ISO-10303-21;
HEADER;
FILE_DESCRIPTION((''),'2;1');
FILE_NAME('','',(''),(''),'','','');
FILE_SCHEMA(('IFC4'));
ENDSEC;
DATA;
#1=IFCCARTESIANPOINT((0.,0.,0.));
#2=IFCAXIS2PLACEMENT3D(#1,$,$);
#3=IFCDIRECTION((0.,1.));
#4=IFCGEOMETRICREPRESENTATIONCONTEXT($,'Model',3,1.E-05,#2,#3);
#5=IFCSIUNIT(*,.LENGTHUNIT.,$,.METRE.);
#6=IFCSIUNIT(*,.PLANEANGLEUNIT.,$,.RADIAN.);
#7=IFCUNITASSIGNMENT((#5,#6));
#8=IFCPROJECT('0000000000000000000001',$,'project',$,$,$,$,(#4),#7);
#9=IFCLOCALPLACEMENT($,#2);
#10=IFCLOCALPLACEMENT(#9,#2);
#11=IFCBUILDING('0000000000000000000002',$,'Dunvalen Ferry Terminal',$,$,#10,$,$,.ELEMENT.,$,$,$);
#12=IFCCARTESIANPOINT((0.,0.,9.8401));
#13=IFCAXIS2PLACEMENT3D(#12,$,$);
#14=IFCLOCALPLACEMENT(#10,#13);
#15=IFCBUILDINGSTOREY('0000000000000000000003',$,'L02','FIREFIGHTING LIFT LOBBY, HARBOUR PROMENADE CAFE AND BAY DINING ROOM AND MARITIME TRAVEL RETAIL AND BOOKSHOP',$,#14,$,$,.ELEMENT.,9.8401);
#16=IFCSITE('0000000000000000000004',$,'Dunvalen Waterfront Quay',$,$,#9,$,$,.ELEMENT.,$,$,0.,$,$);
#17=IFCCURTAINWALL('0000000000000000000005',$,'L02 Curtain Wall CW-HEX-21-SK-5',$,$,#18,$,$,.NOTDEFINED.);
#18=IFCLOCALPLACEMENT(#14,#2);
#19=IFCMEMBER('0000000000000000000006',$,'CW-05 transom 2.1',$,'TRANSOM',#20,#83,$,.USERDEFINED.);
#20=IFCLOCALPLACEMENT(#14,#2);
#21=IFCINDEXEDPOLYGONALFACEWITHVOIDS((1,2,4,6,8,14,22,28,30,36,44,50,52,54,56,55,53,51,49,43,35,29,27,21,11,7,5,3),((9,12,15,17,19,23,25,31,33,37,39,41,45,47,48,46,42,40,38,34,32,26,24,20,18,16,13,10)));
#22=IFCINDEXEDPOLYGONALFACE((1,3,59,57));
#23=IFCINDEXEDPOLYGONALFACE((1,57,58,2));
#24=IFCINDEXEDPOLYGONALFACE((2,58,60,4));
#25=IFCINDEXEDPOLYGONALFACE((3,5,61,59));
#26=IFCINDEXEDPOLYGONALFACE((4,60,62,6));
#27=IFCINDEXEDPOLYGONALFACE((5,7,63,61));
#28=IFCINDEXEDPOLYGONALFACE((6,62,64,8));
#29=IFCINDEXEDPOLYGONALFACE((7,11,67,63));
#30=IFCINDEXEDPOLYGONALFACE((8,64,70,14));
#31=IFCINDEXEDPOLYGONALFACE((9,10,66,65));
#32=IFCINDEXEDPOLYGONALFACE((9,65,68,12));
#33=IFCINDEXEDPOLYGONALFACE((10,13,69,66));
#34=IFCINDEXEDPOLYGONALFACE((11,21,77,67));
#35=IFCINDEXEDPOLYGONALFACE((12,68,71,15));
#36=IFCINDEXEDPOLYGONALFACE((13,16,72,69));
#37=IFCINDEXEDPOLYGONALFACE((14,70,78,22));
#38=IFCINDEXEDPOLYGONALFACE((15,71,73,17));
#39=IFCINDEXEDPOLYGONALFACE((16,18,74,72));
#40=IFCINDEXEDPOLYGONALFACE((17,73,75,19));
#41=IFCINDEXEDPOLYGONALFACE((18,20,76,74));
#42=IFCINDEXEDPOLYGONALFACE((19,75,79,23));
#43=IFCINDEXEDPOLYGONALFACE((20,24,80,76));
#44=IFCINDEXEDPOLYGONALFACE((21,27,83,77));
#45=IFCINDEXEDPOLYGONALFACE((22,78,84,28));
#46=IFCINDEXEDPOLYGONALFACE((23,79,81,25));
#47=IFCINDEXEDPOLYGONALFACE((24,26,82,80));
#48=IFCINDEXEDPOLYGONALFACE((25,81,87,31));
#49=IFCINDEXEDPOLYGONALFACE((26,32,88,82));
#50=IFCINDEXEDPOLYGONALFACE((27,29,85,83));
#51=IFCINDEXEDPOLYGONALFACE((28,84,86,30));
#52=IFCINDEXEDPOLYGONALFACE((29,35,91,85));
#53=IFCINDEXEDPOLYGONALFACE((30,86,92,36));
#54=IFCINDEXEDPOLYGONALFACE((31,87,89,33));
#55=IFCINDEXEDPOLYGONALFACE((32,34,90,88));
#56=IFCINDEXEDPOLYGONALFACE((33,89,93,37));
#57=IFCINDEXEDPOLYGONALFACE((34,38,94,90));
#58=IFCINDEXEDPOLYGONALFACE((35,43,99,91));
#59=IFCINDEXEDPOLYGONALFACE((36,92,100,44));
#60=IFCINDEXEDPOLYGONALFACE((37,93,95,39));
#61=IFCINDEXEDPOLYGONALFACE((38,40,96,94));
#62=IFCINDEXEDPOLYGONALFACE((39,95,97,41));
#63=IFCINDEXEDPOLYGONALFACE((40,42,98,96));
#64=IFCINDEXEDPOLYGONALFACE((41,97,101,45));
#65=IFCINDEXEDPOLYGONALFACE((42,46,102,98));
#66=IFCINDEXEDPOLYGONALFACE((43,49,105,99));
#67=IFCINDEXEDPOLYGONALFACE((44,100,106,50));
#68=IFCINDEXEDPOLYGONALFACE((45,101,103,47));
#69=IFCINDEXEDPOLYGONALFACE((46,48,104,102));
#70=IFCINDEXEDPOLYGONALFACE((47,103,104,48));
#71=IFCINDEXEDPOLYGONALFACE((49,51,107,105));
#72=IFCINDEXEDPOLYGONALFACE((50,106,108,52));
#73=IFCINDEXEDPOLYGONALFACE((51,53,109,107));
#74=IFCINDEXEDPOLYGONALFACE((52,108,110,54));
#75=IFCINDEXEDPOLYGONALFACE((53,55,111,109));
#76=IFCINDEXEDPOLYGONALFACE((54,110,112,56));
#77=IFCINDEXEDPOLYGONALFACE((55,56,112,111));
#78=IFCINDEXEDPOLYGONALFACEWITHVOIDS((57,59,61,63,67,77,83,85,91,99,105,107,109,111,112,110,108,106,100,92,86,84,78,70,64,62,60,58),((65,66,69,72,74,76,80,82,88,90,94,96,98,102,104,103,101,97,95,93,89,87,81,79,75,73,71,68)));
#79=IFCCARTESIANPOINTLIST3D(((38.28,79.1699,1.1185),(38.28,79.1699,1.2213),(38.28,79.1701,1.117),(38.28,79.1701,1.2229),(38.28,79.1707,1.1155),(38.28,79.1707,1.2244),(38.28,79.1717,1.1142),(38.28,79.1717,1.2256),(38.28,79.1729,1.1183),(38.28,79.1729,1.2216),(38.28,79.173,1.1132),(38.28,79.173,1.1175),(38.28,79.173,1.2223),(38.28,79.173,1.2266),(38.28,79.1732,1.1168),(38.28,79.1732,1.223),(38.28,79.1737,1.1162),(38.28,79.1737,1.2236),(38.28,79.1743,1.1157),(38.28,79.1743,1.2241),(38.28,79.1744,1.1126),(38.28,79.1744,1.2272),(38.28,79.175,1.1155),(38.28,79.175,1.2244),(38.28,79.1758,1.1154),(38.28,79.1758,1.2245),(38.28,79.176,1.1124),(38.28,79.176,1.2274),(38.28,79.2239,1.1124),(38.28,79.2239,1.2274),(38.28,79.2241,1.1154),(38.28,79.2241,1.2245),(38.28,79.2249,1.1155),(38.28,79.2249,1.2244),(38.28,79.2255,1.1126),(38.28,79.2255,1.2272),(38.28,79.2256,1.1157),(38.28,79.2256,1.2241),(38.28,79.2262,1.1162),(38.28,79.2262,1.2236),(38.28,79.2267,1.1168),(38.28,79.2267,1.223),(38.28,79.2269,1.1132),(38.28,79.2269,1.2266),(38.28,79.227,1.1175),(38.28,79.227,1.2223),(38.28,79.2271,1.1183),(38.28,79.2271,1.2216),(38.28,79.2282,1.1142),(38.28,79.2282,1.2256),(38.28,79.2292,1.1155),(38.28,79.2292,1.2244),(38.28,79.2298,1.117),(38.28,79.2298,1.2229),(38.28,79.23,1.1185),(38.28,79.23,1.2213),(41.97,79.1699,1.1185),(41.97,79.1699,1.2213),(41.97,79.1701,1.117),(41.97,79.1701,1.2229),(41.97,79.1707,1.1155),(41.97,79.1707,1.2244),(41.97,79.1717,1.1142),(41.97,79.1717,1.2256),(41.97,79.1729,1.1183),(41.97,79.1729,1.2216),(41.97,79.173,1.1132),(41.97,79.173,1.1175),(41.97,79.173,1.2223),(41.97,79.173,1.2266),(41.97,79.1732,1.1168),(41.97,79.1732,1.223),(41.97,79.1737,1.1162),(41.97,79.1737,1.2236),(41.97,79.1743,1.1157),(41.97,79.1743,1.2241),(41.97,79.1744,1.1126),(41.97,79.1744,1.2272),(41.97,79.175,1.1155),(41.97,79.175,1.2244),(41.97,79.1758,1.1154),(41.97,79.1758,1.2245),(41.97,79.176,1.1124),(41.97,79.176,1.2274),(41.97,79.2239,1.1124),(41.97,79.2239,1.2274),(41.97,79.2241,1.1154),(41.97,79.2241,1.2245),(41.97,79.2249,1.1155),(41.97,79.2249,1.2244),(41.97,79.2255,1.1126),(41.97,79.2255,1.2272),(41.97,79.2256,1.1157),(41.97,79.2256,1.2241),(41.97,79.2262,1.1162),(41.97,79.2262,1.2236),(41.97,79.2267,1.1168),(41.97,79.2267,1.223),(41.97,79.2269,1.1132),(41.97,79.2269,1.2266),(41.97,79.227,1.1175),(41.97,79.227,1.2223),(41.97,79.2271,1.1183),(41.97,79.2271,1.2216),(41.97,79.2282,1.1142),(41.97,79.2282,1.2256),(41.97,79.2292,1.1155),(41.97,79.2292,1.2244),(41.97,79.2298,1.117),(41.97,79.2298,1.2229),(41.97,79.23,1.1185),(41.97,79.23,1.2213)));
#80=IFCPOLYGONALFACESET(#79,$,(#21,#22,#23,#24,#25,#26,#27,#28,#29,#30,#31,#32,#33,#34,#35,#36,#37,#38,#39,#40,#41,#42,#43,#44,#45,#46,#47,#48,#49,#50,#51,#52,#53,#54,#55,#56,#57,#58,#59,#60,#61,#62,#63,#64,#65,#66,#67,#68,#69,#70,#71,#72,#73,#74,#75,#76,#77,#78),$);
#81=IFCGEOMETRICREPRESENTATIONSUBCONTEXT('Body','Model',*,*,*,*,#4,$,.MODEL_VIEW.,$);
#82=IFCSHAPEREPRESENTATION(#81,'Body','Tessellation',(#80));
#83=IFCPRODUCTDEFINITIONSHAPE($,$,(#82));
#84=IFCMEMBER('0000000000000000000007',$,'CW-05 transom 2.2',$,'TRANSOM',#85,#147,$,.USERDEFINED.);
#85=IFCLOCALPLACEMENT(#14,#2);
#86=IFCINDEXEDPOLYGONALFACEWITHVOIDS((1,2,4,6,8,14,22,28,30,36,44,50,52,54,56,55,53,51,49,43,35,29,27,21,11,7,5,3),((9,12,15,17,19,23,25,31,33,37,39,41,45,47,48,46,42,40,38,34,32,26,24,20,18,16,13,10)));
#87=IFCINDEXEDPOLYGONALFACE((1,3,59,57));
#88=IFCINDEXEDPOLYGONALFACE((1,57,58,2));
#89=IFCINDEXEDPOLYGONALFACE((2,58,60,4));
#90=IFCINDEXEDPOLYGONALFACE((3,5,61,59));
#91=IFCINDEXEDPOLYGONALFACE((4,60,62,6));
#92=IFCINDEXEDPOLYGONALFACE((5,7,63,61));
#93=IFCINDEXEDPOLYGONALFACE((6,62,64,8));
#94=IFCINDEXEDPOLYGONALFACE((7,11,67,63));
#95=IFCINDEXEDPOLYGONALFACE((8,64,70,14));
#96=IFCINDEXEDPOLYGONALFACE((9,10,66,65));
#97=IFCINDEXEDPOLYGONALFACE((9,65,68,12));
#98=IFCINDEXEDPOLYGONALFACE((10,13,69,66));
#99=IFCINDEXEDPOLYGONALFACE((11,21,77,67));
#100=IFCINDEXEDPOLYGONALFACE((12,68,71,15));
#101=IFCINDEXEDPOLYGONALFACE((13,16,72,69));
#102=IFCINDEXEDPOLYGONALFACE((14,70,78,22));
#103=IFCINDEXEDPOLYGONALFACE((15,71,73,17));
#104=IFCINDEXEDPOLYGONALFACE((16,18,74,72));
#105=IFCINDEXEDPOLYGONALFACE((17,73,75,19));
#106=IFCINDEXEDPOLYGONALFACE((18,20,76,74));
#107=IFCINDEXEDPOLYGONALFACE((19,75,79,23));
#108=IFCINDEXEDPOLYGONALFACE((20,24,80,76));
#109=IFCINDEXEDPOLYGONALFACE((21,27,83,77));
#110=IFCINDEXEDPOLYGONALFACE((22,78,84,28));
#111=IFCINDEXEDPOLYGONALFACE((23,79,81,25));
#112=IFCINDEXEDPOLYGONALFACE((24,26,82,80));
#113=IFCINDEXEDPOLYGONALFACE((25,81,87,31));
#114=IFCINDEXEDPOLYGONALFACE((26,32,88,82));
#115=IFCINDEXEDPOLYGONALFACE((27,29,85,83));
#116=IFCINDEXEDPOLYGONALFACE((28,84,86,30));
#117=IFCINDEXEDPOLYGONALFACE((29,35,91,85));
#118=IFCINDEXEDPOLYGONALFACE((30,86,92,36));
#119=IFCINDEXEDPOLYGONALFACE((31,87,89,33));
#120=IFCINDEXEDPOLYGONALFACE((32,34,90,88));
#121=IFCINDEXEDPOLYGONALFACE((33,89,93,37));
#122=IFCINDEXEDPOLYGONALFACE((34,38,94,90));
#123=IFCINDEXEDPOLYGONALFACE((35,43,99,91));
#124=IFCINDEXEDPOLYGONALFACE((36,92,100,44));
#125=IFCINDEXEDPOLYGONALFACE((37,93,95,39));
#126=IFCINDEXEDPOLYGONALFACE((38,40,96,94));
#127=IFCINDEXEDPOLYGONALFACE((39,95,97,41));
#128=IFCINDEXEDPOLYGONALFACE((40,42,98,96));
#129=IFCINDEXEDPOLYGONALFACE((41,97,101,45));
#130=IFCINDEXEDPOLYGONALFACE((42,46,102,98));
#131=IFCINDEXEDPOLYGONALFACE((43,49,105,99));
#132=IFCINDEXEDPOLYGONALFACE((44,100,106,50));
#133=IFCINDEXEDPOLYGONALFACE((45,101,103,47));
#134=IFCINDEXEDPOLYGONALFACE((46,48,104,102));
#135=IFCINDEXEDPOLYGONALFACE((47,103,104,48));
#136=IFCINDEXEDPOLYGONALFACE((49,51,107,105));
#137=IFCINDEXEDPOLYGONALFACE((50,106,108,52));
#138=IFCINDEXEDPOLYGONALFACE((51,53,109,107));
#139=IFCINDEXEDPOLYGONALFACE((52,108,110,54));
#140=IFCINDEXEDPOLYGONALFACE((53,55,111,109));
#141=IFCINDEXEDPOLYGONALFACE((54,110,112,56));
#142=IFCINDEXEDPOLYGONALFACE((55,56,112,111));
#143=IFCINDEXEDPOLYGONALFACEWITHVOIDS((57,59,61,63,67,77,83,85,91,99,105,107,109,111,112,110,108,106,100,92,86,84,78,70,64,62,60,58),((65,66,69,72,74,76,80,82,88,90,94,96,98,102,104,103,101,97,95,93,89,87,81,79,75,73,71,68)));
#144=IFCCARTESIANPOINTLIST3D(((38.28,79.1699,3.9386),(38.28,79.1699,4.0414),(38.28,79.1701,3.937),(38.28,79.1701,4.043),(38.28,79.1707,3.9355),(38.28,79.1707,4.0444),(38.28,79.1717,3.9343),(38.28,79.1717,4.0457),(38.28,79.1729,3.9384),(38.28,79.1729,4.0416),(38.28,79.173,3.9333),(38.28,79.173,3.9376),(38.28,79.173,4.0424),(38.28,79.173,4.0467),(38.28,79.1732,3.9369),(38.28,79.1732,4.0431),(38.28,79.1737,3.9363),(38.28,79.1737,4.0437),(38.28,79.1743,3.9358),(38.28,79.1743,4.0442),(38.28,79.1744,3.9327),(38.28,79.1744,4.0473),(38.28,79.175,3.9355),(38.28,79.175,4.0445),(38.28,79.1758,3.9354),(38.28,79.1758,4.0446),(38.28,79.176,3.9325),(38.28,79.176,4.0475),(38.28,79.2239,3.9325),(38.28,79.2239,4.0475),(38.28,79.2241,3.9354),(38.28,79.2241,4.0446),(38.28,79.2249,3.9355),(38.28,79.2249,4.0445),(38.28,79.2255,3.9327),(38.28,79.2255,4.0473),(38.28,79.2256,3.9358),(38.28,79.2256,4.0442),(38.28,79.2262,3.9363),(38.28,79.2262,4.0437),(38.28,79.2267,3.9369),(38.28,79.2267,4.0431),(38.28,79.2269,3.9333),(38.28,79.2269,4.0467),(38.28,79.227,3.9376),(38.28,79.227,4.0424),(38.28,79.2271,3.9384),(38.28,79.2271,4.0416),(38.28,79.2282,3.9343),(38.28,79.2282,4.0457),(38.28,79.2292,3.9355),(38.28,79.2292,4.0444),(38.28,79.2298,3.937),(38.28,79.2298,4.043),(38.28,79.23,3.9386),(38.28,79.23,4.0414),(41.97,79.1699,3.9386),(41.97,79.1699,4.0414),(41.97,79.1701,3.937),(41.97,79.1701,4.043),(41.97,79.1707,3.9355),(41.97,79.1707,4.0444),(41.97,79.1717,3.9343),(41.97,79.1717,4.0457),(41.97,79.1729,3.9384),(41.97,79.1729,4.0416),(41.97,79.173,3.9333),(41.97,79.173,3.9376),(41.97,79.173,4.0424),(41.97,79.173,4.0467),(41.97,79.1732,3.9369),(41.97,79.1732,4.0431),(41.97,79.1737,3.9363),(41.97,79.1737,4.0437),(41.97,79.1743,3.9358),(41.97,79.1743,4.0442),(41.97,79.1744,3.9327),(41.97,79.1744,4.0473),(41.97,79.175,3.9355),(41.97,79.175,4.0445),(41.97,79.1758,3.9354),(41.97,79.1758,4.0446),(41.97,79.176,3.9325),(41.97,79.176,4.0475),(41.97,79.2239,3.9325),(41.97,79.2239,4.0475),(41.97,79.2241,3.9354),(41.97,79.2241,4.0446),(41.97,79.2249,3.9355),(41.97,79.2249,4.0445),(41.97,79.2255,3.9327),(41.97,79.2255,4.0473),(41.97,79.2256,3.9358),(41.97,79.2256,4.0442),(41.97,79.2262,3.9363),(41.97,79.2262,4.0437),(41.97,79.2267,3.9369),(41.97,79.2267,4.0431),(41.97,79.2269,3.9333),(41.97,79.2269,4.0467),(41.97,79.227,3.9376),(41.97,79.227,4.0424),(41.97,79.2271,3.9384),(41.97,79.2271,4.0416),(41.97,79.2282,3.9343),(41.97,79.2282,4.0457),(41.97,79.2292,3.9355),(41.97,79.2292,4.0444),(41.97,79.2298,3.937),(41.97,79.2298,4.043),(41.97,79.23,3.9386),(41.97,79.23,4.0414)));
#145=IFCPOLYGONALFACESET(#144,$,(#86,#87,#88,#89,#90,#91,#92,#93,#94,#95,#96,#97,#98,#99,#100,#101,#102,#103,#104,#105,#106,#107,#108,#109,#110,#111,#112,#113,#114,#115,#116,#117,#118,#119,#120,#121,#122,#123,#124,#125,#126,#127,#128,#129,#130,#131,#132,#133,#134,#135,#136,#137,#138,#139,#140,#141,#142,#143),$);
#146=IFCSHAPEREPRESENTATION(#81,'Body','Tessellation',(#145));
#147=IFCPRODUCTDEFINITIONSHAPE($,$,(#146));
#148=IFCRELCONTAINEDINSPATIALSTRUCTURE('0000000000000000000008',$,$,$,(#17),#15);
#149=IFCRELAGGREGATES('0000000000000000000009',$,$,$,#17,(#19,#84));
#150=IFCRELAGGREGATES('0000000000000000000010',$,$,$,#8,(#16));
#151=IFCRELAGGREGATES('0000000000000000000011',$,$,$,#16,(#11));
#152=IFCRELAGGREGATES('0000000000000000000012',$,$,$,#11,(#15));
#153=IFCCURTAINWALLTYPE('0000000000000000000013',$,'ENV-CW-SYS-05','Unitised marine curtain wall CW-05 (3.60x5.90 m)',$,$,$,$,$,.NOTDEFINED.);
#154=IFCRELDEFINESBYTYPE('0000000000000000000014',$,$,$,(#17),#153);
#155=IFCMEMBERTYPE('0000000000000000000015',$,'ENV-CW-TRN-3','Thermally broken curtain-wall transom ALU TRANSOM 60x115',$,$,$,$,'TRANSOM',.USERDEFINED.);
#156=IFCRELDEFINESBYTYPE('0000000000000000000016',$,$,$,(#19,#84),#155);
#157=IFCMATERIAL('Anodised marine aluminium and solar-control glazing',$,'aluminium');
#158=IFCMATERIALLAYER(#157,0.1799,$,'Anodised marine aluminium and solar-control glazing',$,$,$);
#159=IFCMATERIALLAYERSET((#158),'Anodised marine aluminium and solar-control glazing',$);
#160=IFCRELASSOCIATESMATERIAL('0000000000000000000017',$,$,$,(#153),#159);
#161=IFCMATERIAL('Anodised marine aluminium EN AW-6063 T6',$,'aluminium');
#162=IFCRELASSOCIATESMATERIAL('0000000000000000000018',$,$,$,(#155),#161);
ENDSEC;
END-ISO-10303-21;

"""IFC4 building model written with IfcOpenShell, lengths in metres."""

from ifc_helpers import new_model, si_unit, direction, frame, origin, origin_2d, place, context, subcontext, project, spatial, hollow_rectangle, extrude, material, layer, layer_set, material_profile, profile_set, type_object, element, aggregate, save


model = new_model("IFC4")

# Units and contexts
model_context = context("Model", 3, precision=1e-05, world=origin(), true_north=direction((0.0, 1.0)))
body_context = subcontext(model_context, "Body", "Model", "MODEL_VIEW")
ifc_project = project(units=[si_unit("LENGTHUNIT", "METRE"), si_unit("PLANEANGLEUNIT", "RADIAN")], contexts=[model_context])

# Site, building, storey
site_placement = place(None, origin())
site = spatial("IfcSite", under=ifc_project, at=site_placement, Name="Dunvalen Waterfront Quay", CompositionType="ELEMENT", RefElevation=0.0)
building_placement = place(site_placement, origin())
building = spatial("IfcBuilding", under=site, at=building_placement, Name="Dunvalen Ferry Terminal", CompositionType="ELEMENT")
storey_placement = place(building_placement, frame((0.0, 0.0, 9.8401)))
storey = spatial("IfcBuildingStorey", under=building, at=storey_placement, Name="L02", Description="FIREFIGHTING LIFT LOBBY, HARBOUR PROMENADE CAFE AND BAY DINING ROOM AND MARITIME TRAVEL RETAIL AND BOOKSHOP", CompositionType="ELEMENT", Elevation=9.8401)

# Curtain wall, members
ifc_material_1 = material(Name="Anodised marine aluminium and solar-control glazing", Category="aluminium")
ifc_layer_1 = layer(ifc_material_1, 0.1799, Name="Anodised marine aluminium and solar-control glazing")
ifc_layer_set_1 = layer_set([ifc_layer_1], Name="Anodised marine aluminium and solar-control glazing")
curtain_wall_type = type_object("IfcCurtainWallType", Name="ENV-CW-SYS-05", Description="Unitised marine curtain wall CW-05 (3.60x5.90 m)", PredefinedType="NOTDEFINED", material=ifc_layer_set_1)
curtain_wall_placement = place(storey_placement, origin())
curtain_wall = element("IfcCurtainWall", 1, at=curtain_wall_placement, inside=storey, type_object=curtain_wall_type, Name="L02 Curtain Wall CW-HEX-21-SK-5", PredefinedType="NOTDEFINED")
ifc_material_2 = material(Name="Anodised marine aluminium EN AW-6063 T6", Category="aluminium")
ifc_material_profile_1 = material_profile(ifc_material_2, hollow_rectangle(XDim=0.0601, YDim=0.115, WallThickness=0.0029, InnerFilletRadius=0.0029, OuterFilletRadius=0.0061, at=origin_2d()), Name="Anodised marine aluminium EN AW-6063 T6")
ifc_profile_set_1 = profile_set([ifc_material_profile_1], Name="Anodised marine aluminium EN AW-6063 T6")
member_type_1 = type_object("IfcMemberType", Name="ENV-CW-TRN-3", Description="Thermally broken curtain-wall transom ALU TRANSOM 60x115", ElementType="TRANSOM", PredefinedType="USERDEFINED", material=ifc_profile_set_1)
member_1_placement = place(storey_placement, frame((41.97, 79.2, 1.1699), z_axis=(-1.0, 0.0, 0.0), x_axis=(0.0, -1.0, 0.0)))
member_1 = element("IfcMember", 2, at=member_1_placement, type_object=member_type_1, Name="CW-05 transom 2.1", ObjectType="TRANSOM", PredefinedType="USERDEFINED", context=body_context, shape_type="SweptSolid", body=[
    extrude(hollow_rectangle(XDim=0.0601, YDim=0.115, WallThickness=0.0029, InnerFilletRadius=0.0029, OuterFilletRadius=0.0061, at=origin_2d()), origin(), (0.0, 0.0, 1.0), 3.6899),
])
member_2_placement = place(storey_placement, frame((41.97, 79.2, 3.99), z_axis=(-1.0, 0.0, 0.0), x_axis=(0.0, -1.0, 0.0)))
member_2 = element("IfcMember", 3, at=member_2_placement, type_object=member_type_1, Name="CW-05 transom 2.2", ObjectType="TRANSOM", PredefinedType="USERDEFINED", context=body_context, shape_type="SweptSolid", body=[
    extrude(hollow_rectangle(XDim=0.0601, YDim=0.115, WallThickness=0.0029, InnerFilletRadius=0.0029, OuterFilletRadius=0.0061, at=origin_2d()), origin(), (0.0, 0.0, 1.0), 3.6899),
])

aggregate(curtain_wall, [member_1, member_2])

save(model, "model.ifc")
